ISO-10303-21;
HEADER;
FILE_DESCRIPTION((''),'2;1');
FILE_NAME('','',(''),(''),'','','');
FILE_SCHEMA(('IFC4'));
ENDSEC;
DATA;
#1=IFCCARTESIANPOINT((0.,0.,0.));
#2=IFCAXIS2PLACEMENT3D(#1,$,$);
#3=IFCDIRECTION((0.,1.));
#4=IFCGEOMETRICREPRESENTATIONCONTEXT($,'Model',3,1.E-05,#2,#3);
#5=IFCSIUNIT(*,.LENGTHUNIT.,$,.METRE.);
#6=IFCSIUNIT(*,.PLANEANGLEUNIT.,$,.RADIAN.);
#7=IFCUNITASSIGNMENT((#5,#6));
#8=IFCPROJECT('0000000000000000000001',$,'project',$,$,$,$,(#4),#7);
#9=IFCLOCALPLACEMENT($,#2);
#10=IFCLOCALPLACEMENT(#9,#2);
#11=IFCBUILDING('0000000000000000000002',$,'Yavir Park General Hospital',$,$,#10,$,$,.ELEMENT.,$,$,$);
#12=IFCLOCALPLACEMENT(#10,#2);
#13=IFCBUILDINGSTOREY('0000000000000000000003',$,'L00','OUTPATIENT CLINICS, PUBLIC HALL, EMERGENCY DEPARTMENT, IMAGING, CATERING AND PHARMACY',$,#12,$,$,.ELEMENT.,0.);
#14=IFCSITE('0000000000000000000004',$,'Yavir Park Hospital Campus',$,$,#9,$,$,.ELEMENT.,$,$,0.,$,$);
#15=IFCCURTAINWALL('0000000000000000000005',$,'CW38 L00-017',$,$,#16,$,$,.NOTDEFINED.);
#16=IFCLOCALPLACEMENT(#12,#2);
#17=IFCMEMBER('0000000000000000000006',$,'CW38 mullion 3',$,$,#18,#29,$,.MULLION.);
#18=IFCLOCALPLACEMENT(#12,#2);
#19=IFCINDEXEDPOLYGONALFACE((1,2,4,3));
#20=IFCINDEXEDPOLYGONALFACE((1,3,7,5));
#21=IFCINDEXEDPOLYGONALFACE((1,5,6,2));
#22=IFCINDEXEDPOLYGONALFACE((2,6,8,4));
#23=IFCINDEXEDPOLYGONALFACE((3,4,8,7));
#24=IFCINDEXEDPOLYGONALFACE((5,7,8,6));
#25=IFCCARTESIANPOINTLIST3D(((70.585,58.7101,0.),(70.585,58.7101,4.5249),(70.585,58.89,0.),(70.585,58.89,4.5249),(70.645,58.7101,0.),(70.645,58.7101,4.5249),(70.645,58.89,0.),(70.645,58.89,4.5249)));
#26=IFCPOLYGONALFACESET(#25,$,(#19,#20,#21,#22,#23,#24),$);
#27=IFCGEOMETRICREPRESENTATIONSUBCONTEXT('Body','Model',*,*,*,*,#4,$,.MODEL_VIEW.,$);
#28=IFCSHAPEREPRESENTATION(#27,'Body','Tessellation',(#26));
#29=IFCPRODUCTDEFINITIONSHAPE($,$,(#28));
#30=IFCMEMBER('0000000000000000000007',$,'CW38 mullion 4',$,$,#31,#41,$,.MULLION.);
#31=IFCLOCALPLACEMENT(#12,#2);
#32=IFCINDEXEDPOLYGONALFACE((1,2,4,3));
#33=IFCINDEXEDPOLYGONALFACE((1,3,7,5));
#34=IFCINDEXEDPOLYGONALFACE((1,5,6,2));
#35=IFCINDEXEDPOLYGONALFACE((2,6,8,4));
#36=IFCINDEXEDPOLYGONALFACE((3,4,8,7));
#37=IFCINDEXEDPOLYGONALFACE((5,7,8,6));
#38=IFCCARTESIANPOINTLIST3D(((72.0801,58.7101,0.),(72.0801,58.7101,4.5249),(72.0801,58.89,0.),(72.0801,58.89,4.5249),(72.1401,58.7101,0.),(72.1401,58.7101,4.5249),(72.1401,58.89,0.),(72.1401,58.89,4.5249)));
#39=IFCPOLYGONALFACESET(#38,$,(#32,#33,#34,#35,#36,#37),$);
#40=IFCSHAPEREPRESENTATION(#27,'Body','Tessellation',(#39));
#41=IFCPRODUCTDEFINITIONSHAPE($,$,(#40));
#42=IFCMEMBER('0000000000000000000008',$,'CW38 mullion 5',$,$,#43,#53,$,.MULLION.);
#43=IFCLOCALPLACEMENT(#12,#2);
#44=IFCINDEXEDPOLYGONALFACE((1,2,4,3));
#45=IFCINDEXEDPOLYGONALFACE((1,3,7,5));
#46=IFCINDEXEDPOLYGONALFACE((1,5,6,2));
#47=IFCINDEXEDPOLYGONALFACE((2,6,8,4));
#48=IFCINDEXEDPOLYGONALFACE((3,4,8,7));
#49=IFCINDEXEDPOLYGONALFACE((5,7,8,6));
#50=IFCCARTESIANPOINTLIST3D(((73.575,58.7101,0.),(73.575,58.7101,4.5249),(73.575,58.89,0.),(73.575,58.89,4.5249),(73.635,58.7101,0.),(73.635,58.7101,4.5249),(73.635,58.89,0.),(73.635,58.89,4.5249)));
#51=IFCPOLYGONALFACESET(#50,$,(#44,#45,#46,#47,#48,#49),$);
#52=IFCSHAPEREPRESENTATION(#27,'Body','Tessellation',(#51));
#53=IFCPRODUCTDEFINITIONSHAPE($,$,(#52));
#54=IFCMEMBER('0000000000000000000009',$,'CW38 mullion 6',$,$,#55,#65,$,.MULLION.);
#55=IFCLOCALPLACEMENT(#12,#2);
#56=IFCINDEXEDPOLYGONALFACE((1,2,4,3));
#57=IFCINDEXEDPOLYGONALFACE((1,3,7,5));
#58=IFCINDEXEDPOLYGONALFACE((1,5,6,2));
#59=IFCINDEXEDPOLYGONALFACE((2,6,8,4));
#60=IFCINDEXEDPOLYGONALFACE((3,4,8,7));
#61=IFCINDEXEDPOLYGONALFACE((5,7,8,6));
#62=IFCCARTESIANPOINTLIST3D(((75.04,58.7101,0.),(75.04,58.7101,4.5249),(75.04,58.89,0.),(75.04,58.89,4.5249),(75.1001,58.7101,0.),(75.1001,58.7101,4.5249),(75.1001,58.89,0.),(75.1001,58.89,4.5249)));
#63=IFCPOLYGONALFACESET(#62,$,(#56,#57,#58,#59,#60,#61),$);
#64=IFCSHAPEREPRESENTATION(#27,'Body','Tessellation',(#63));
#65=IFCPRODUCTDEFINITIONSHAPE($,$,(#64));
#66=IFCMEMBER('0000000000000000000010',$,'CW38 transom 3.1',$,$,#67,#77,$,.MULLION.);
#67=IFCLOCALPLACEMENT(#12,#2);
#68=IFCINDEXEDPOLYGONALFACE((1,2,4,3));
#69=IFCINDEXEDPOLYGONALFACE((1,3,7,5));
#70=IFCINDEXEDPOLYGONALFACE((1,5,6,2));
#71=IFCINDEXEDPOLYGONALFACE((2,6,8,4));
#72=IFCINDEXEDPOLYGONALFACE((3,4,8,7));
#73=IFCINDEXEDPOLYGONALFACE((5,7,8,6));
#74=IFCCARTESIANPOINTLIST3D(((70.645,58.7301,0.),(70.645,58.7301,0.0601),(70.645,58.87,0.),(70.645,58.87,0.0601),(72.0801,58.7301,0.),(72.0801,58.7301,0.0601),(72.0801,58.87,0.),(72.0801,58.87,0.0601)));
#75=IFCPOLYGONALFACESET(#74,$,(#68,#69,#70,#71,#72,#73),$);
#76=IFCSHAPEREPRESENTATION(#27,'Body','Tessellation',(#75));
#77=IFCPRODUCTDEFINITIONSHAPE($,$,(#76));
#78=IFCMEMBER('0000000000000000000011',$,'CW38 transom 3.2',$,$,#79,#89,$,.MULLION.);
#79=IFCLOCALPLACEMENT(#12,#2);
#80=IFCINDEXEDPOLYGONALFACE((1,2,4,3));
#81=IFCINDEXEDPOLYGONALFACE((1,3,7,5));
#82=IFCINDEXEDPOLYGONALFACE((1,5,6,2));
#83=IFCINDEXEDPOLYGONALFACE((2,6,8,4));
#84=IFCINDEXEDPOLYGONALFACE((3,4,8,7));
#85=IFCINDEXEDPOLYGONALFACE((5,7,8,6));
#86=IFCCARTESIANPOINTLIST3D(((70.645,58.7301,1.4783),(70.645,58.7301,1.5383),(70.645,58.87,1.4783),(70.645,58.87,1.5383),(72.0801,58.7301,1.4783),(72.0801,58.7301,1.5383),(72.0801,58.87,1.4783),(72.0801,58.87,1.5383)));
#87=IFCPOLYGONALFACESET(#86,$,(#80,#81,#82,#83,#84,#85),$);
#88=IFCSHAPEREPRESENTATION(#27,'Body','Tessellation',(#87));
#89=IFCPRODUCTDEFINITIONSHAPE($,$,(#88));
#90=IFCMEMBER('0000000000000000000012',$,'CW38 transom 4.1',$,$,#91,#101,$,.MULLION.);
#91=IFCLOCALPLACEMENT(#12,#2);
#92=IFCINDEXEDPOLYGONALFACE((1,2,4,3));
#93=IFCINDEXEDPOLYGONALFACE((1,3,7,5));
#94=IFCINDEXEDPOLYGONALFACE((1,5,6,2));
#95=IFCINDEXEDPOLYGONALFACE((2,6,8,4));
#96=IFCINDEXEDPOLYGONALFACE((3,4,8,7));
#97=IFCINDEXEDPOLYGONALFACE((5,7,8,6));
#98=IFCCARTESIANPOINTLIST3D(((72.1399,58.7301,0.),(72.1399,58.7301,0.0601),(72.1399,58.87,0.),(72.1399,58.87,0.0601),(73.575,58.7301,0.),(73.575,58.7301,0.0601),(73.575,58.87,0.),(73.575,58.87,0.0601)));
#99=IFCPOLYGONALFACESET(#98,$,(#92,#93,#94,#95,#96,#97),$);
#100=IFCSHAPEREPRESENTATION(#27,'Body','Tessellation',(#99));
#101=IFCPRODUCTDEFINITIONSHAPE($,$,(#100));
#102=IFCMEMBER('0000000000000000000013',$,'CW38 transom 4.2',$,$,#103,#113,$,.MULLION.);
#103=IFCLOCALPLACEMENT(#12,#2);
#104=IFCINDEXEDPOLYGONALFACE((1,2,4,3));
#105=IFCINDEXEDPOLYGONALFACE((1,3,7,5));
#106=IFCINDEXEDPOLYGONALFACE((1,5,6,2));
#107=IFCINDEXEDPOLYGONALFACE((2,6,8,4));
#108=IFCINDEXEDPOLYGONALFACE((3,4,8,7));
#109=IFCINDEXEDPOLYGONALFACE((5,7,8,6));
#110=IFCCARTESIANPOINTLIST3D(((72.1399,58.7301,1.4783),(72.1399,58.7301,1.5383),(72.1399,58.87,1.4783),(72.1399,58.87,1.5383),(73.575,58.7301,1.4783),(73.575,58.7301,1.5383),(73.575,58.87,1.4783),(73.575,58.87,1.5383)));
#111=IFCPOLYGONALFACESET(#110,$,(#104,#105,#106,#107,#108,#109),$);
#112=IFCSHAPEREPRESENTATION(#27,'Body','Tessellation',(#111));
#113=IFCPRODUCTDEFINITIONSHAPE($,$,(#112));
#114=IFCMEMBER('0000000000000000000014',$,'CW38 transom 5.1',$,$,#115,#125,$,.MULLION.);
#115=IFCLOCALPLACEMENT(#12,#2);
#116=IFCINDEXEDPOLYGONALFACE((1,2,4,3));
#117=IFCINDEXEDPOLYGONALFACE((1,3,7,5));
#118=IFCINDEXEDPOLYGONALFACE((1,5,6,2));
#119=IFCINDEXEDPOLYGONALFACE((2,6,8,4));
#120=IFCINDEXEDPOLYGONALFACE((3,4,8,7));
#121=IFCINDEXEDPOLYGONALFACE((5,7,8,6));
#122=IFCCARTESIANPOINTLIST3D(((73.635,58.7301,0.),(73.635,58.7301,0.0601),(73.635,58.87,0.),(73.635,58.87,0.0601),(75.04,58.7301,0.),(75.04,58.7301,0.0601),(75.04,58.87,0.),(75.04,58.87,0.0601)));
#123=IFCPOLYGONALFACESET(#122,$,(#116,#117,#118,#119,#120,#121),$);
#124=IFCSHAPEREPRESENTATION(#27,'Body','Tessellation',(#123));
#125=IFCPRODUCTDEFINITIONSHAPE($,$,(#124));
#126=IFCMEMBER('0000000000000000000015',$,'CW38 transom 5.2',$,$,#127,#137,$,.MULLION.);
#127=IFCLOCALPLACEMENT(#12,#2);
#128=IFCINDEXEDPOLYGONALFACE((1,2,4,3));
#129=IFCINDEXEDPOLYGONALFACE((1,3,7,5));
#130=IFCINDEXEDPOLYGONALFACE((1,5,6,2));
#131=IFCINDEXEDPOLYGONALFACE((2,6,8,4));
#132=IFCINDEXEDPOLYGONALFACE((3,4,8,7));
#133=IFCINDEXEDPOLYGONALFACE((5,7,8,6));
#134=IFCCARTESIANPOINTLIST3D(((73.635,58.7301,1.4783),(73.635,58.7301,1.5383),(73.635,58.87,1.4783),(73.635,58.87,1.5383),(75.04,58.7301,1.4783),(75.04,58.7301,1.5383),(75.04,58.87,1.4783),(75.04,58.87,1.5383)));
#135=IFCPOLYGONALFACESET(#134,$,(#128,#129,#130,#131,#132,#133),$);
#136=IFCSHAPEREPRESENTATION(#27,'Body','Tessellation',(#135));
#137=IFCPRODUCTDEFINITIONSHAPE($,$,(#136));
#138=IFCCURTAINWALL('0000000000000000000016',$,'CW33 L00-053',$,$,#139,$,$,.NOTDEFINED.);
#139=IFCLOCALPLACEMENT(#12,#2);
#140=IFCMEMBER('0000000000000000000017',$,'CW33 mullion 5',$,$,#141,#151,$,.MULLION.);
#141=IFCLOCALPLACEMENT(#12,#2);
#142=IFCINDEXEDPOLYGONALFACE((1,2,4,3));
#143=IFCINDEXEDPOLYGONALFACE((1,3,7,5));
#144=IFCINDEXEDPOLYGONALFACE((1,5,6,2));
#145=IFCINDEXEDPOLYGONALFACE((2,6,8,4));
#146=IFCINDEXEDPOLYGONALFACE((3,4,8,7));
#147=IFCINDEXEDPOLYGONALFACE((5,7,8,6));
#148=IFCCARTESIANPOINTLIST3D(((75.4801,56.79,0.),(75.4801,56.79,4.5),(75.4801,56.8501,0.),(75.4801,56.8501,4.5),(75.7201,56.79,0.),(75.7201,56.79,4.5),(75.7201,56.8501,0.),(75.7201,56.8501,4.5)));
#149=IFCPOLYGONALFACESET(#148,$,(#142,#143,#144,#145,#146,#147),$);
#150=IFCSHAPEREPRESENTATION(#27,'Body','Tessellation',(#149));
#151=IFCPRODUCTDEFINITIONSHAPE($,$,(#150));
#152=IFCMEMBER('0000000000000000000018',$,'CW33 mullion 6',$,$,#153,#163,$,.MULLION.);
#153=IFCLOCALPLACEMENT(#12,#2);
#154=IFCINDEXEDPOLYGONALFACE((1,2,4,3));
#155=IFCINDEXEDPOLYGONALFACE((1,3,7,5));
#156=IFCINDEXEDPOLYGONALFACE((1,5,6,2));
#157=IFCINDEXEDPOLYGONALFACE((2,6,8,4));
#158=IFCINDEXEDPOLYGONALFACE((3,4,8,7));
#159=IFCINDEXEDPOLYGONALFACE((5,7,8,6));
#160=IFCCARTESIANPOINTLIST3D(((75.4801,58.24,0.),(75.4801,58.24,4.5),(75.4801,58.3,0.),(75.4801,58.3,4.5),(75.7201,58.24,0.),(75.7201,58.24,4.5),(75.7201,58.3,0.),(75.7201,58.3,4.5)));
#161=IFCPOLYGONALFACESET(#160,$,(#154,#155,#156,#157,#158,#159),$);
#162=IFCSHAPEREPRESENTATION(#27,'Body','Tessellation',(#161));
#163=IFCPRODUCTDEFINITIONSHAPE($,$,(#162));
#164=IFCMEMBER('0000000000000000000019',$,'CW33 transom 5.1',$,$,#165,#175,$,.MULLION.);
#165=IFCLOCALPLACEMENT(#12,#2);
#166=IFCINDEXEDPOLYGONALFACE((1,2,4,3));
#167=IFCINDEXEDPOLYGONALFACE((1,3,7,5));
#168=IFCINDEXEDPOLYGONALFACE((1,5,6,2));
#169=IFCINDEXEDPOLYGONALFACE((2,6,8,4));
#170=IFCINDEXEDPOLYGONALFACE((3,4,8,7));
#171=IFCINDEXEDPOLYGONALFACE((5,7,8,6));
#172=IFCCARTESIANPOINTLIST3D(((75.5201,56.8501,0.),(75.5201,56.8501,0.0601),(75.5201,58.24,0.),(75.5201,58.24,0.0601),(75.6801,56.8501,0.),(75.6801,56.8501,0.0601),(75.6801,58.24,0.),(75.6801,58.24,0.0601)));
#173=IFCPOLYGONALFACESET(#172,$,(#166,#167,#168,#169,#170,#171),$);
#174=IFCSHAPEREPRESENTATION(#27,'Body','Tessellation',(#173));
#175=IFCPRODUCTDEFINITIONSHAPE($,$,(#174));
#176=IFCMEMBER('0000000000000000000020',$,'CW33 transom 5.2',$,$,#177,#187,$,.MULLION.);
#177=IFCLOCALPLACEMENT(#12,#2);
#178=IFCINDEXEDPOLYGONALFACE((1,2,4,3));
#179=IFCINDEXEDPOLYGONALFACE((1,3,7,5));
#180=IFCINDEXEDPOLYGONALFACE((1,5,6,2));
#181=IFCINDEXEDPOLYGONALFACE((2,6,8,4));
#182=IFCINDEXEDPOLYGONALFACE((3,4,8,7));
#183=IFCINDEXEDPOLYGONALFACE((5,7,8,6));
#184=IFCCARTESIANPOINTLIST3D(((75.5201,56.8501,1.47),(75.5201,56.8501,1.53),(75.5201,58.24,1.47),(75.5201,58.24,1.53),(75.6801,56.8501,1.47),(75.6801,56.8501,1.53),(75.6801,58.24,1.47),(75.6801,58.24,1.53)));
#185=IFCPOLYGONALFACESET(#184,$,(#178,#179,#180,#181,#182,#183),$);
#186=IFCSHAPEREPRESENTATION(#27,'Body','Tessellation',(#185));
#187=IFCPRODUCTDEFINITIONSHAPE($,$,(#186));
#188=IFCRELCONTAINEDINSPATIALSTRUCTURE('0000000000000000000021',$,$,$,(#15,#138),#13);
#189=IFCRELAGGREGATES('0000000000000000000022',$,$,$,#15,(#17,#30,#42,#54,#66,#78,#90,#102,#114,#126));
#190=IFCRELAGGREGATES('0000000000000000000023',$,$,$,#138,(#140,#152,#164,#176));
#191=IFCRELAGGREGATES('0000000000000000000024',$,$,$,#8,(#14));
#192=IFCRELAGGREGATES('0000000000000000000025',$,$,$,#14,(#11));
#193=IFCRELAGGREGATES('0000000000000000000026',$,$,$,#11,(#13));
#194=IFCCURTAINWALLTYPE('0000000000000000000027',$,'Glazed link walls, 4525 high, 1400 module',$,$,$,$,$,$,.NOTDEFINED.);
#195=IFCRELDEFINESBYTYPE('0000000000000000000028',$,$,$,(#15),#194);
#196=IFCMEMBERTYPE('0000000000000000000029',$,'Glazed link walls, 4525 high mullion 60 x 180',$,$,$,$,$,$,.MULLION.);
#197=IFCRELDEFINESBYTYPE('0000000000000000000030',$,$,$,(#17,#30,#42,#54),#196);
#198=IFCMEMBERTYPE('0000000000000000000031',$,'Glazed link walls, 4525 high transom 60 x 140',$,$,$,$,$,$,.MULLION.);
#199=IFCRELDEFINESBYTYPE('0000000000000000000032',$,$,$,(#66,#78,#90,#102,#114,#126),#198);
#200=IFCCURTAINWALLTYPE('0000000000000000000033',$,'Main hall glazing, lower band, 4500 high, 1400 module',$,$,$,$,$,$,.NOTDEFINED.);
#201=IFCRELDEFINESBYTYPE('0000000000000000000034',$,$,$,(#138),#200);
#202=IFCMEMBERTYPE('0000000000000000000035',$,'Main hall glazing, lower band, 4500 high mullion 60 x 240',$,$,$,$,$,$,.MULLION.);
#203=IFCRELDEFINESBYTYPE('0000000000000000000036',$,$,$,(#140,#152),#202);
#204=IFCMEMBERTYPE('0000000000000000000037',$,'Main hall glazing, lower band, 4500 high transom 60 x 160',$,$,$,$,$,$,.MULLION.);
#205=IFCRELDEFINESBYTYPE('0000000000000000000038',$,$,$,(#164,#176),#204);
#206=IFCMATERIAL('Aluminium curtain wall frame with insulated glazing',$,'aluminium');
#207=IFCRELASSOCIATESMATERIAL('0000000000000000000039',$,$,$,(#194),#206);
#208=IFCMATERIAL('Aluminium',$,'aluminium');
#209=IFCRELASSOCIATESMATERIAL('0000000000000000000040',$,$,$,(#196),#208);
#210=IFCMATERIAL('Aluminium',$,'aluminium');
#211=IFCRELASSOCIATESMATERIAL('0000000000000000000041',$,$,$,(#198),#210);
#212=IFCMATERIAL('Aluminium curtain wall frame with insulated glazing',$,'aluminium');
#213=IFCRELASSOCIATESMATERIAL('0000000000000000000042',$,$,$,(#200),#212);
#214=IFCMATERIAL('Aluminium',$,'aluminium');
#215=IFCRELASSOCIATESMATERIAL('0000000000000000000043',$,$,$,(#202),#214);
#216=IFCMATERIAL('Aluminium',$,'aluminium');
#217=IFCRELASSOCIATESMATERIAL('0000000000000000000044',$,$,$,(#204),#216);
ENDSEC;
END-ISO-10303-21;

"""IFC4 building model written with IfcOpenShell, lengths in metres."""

from ifc_helpers import new_model, si_unit, direction, frame, origin, origin_2d, place, context, subcontext, project, spatial, rectangle, extrude, material, material_profile, profile_set, type_object, element, aggregate, save


model = new_model("IFC4")

# Units and contexts
model_context = context("Model", 3, precision=1e-05, world=origin(), true_north=direction((0.0, 1.0)))
body_context = subcontext(model_context, "Body", "Model", "MODEL_VIEW")
ifc_project = project(units=[si_unit("LENGTHUNIT", "METRE"), si_unit("PLANEANGLEUNIT", "RADIAN")], contexts=[model_context])

# Site, building, storey
site_placement = place(None, origin())
site = spatial("IfcSite", under=ifc_project, at=site_placement, Name="Yavir Park Hospital Campus", CompositionType="ELEMENT", RefElevation=0.0)
building_placement = place(site_placement, origin())
building = spatial("IfcBuilding", under=site, at=building_placement, Name="Yavir Park General Hospital", CompositionType="ELEMENT")
storey_placement = place(building_placement, origin())
storey = spatial("IfcBuildingStorey", under=building, at=storey_placement, Name="L00", Description="OUTPATIENT CLINICS, PUBLIC HALL, EMERGENCY DEPARTMENT, IMAGING, CATERING AND PHARMACY", CompositionType="ELEMENT", Elevation=0.0)

# Curtain walls, members
ifc_material_1 = material(Name="Aluminium curtain wall frame with insulated glazing", Category="aluminium")
curtain_wall_type_1 = type_object("IfcCurtainWallType", Name="Glazed link walls, 4525 high, 1400 module", PredefinedType="NOTDEFINED", material=ifc_material_1)
curtain_wall_1_placement = place(storey_placement, origin())
curtain_wall_1 = element("IfcCurtainWall", 1, at=curtain_wall_1_placement, inside=storey, type_object=curtain_wall_type_1, Name="CW38 L00-017", PredefinedType="NOTDEFINED")
ifc_material_2 = material(Name="Aluminium", Category="aluminium")
ifc_material_profile_1 = material_profile(ifc_material_2, rectangle(XDim=0.1799, YDim=0.0601, at=origin_2d()), Name="AL 60x180")
ifc_profile_set_1 = profile_set([ifc_material_profile_1], Name="Aluminium")
member_type_1 = type_object("IfcMemberType", Name="Glazed link walls, 4525 high mullion 60 x 180", PredefinedType="MULLION", material=ifc_profile_set_1)
member_1_placement = place(storey_placement, frame((70.615, 58.8, 0.0), z_axis=(0.0, 0.0, 1.0), x_axis=(0.0, 1.0, 0.0)))
member_1 = element("IfcMember", 2, at=member_1_placement, type_object=member_type_1, Name="CW38 mullion 3", PredefinedType="MULLION", context=body_context, shape_type="SweptSolid", body=[
    extrude(rectangle(XDim=0.1799, YDim=0.0601, at=origin_2d()), origin(), (0.0, 0.0, 1.0), 4.5249),
])
member_2_placement = place(storey_placement, frame((72.1101, 58.8, 0.0), z_axis=(0.0, 0.0, 1.0), x_axis=(0.0, 1.0, 0.0)))
member_2 = element("IfcMember", 3, at=member_2_placement, type_object=member_type_1, Name="CW38 mullion 4", PredefinedType="MULLION", context=body_context, shape_type="SweptSolid", body=[
    extrude(rectangle(XDim=0.1799, YDim=0.0601, at=origin_2d()), origin(), (0.0, 0.0, 1.0), 4.5249),
])
member_3_placement = place(storey_placement, frame((73.605, 58.8, 0.0), z_axis=(0.0, 0.0, 1.0), x_axis=(0.0, 1.0, 0.0)))
member_3 = element("IfcMember", 4, at=member_3_placement, type_object=member_type_1, Name="CW38 mullion 5", PredefinedType="MULLION", context=body_context, shape_type="SweptSolid", body=[
    extrude(rectangle(XDim=0.1799, YDim=0.0601, at=origin_2d()), origin(), (0.0, 0.0, 1.0), 4.5249),
])
member_4_placement = place(storey_placement, frame((75.0701, 58.8, 0.0), z_axis=(0.0, 0.0, 1.0), x_axis=(0.0, 1.0, 0.0)))
member_4 = element("IfcMember", 5, at=member_4_placement, type_object=member_type_1, Name="CW38 mullion 6", PredefinedType="MULLION", context=body_context, shape_type="SweptSolid", body=[
    extrude(rectangle(XDim=0.1799, YDim=0.0601, at=origin_2d()), origin(), (0.0, 0.0, 1.0), 4.5249),
])
ifc_material_3 = material(Name="Aluminium", Category="aluminium")
ifc_material_profile_2 = material_profile(ifc_material_3, rectangle(XDim=0.1399, YDim=0.0601, at=origin_2d()), Name="AL 140x60")
ifc_profile_set_2 = profile_set([ifc_material_profile_2], Name="Aluminium")
member_type_2 = type_object("IfcMemberType", Name="Glazed link walls, 4525 high transom 60 x 140", PredefinedType="MULLION", material=ifc_profile_set_2)
member_5_placement = place(storey_placement, frame((70.645, 58.8, 0.03), z_axis=(1.0, 0.0, 0.0), x_axis=(0.0, 1.0, 0.0)))
member_5 = element("IfcMember", 6, at=member_5_placement, type_object=member_type_2, Name="CW38 transom 3.1", PredefinedType="MULLION", context=body_context, shape_type="SweptSolid", body=[
    extrude(rectangle(XDim=0.1399, YDim=0.0601, at=origin_2d()), origin(), (0.0, 0.0, 1.0), 1.4351),
])
member_6_placement = place(storey_placement, frame((70.645, 58.8, 1.5083), z_axis=(1.0, 0.0, 0.0), x_axis=(0.0, 1.0, 0.0)))
member_6 = element("IfcMember", 7, at=member_6_placement, type_object=member_type_2, Name="CW38 transom 3.2", PredefinedType="MULLION", context=body_context, shape_type="SweptSolid", body=[
    extrude(rectangle(XDim=0.1399, YDim=0.0601, at=origin_2d()), origin(), (0.0, 0.0, 1.0), 1.4351),
])
member_7_placement = place(storey_placement, frame((72.1399, 58.8, 0.03), z_axis=(1.0, 0.0, 0.0), x_axis=(0.0, 1.0, 0.0)))
member_7 = element("IfcMember", 8, at=member_7_placement, type_object=member_type_2, Name="CW38 transom 4.1", PredefinedType="MULLION", context=body_context, shape_type="SweptSolid", body=[
    extrude(rectangle(XDim=0.1399, YDim=0.0601, at=origin_2d()), origin(), (0.0, 0.0, 1.0), 1.4351),
])
member_8_placement = place(storey_placement, frame((72.1399, 58.8, 1.5083), z_axis=(1.0, 0.0, 0.0), x_axis=(0.0, 1.0, 0.0)))
member_8 = element("IfcMember", 9, at=member_8_placement, type_object=member_type_2, Name="CW38 transom 4.2", PredefinedType="MULLION", context=body_context, shape_type="SweptSolid", body=[
    extrude(rectangle(XDim=0.1399, YDim=0.0601, at=origin_2d()), origin(), (0.0, 0.0, 1.0), 1.4351),
])
member_9_placement = place(storey_placement, frame((73.635, 58.8, 0.03), z_axis=(1.0, 0.0, 0.0), x_axis=(0.0, 1.0, 0.0)))
member_9 = element("IfcMember", 10, at=member_9_placement, type_object=member_type_2, Name="CW38 transom 5.1", PredefinedType="MULLION", context=body_context, shape_type="SweptSolid", body=[
    extrude(rectangle(XDim=0.1399, YDim=0.0601, at=origin_2d()), origin(), (0.0, 0.0, 1.0), 1.405),
])
member_10_placement = place(storey_placement, frame((73.635, 58.8, 1.5083), z_axis=(1.0, 0.0, 0.0), x_axis=(0.0, 1.0, 0.0)))
member_10 = element("IfcMember", 11, at=member_10_placement, type_object=member_type_2, Name="CW38 transom 5.2", PredefinedType="MULLION", context=body_context, shape_type="SweptSolid", body=[
    extrude(rectangle(XDim=0.1399, YDim=0.0601, at=origin_2d()), origin(), (0.0, 0.0, 1.0), 1.405),
])
ifc_material_4 = material(Name="Aluminium curtain wall frame with insulated glazing", Category="aluminium")
curtain_wall_type_2 = type_object("IfcCurtainWallType", Name="Main hall glazing, lower band, 4500 high, 1400 module", PredefinedType="NOTDEFINED", material=ifc_material_4)
curtain_wall_2_placement = place(storey_placement, origin())
curtain_wall_2 = element("IfcCurtainWall", 12, at=curtain_wall_2_placement, inside=storey, type_object=curtain_wall_type_2, Name="CW33 L00-053", PredefinedType="NOTDEFINED")
ifc_material_5 = material(Name="Aluminium", Category="aluminium")
ifc_material_profile_3 = material_profile(ifc_material_5, rectangle(XDim=0.24, YDim=0.0601, at=origin_2d()), Name="AL 60x240")
ifc_profile_set_3 = profile_set([ifc_material_profile_3], Name="Aluminium")
member_type_3 = type_object("IfcMemberType", Name="Main hall glazing, lower band, 4500 high mullion 60 x 240", PredefinedType="MULLION", material=ifc_profile_set_3)
member_11_placement = place(storey_placement, frame((75.6001, 56.8201, 0.0), z_axis=(0.0, 0.0, 1.0), x_axis=(-1.0, 0.0, 0.0)))
member_11 = element("IfcMember", 13, at=member_11_placement, type_object=member_type_3, Name="CW33 mullion 5", PredefinedType="MULLION", context=body_context, shape_type="SweptSolid", body=[
    extrude(rectangle(XDim=0.24, YDim=0.0601, at=origin_2d()), origin(), (0.0, 0.0, 1.0), 4.5),
])
member_12_placement = place(storey_placement, frame((75.6001, 58.27, 0.0), z_axis=(0.0, 0.0, 1.0), x_axis=(-1.0, 0.0, 0.0)))
member_12 = element("IfcMember", 14, at=member_12_placement, type_object=member_type_3, Name="CW33 mullion 6", PredefinedType="MULLION", context=body_context, shape_type="SweptSolid", body=[
    extrude(rectangle(XDim=0.24, YDim=0.0601, at=origin_2d()), origin(), (0.0, 0.0, 1.0), 4.5),
])
ifc_material_6 = material(Name="Aluminium", Category="aluminium")
ifc_material_profile_4 = material_profile(ifc_material_6, rectangle(XDim=0.1599, YDim=0.0601, at=origin_2d()), Name="AL 160x60")
ifc_profile_set_4 = profile_set([ifc_material_profile_4], Name="Aluminium")
member_type_4 = type_object("IfcMemberType", Name="Main hall glazing, lower band, 4500 high transom 60 x 160", PredefinedType="MULLION", material=ifc_profile_set_4)
member_13_placement = place(storey_placement, frame((75.6001, 56.8501, 0.03), z_axis=(0.0, 1.0, 0.0), x_axis=(-1.0, 0.0, 0.0)))
member_13 = element("IfcMember", 15, at=member_13_placement, type_object=member_type_4, Name="CW33 transom 5.1", PredefinedType="MULLION", context=body_context, shape_type="SweptSolid", body=[
    extrude(rectangle(XDim=0.1599, YDim=0.0601, at=origin_2d()), origin(), (0.0, 0.0, 1.0), 1.3899),
])
member_14_placement = place(storey_placement, frame((75.6001, 56.8501, 1.5), z_axis=(0.0, 1.0, 0.0), x_axis=(-1.0, 0.0, 0.0)))
member_14 = element("IfcMember", 16, at=member_14_placement, type_object=member_type_4, Name="CW33 transom 5.2", PredefinedType="MULLION", context=body_context, shape_type="SweptSolid", body=[
    extrude(rectangle(XDim=0.1599, YDim=0.0601, at=origin_2d()), origin(), (0.0, 0.0, 1.0), 1.3899),
])

aggregate(curtain_wall_1, [member_1, member_2, member_3, member_4, member_5, member_6, member_7, member_8, member_9, member_10])
aggregate(curtain_wall_2, [member_11, member_12, member_13, member_14])

save(model, "model.ifc")
